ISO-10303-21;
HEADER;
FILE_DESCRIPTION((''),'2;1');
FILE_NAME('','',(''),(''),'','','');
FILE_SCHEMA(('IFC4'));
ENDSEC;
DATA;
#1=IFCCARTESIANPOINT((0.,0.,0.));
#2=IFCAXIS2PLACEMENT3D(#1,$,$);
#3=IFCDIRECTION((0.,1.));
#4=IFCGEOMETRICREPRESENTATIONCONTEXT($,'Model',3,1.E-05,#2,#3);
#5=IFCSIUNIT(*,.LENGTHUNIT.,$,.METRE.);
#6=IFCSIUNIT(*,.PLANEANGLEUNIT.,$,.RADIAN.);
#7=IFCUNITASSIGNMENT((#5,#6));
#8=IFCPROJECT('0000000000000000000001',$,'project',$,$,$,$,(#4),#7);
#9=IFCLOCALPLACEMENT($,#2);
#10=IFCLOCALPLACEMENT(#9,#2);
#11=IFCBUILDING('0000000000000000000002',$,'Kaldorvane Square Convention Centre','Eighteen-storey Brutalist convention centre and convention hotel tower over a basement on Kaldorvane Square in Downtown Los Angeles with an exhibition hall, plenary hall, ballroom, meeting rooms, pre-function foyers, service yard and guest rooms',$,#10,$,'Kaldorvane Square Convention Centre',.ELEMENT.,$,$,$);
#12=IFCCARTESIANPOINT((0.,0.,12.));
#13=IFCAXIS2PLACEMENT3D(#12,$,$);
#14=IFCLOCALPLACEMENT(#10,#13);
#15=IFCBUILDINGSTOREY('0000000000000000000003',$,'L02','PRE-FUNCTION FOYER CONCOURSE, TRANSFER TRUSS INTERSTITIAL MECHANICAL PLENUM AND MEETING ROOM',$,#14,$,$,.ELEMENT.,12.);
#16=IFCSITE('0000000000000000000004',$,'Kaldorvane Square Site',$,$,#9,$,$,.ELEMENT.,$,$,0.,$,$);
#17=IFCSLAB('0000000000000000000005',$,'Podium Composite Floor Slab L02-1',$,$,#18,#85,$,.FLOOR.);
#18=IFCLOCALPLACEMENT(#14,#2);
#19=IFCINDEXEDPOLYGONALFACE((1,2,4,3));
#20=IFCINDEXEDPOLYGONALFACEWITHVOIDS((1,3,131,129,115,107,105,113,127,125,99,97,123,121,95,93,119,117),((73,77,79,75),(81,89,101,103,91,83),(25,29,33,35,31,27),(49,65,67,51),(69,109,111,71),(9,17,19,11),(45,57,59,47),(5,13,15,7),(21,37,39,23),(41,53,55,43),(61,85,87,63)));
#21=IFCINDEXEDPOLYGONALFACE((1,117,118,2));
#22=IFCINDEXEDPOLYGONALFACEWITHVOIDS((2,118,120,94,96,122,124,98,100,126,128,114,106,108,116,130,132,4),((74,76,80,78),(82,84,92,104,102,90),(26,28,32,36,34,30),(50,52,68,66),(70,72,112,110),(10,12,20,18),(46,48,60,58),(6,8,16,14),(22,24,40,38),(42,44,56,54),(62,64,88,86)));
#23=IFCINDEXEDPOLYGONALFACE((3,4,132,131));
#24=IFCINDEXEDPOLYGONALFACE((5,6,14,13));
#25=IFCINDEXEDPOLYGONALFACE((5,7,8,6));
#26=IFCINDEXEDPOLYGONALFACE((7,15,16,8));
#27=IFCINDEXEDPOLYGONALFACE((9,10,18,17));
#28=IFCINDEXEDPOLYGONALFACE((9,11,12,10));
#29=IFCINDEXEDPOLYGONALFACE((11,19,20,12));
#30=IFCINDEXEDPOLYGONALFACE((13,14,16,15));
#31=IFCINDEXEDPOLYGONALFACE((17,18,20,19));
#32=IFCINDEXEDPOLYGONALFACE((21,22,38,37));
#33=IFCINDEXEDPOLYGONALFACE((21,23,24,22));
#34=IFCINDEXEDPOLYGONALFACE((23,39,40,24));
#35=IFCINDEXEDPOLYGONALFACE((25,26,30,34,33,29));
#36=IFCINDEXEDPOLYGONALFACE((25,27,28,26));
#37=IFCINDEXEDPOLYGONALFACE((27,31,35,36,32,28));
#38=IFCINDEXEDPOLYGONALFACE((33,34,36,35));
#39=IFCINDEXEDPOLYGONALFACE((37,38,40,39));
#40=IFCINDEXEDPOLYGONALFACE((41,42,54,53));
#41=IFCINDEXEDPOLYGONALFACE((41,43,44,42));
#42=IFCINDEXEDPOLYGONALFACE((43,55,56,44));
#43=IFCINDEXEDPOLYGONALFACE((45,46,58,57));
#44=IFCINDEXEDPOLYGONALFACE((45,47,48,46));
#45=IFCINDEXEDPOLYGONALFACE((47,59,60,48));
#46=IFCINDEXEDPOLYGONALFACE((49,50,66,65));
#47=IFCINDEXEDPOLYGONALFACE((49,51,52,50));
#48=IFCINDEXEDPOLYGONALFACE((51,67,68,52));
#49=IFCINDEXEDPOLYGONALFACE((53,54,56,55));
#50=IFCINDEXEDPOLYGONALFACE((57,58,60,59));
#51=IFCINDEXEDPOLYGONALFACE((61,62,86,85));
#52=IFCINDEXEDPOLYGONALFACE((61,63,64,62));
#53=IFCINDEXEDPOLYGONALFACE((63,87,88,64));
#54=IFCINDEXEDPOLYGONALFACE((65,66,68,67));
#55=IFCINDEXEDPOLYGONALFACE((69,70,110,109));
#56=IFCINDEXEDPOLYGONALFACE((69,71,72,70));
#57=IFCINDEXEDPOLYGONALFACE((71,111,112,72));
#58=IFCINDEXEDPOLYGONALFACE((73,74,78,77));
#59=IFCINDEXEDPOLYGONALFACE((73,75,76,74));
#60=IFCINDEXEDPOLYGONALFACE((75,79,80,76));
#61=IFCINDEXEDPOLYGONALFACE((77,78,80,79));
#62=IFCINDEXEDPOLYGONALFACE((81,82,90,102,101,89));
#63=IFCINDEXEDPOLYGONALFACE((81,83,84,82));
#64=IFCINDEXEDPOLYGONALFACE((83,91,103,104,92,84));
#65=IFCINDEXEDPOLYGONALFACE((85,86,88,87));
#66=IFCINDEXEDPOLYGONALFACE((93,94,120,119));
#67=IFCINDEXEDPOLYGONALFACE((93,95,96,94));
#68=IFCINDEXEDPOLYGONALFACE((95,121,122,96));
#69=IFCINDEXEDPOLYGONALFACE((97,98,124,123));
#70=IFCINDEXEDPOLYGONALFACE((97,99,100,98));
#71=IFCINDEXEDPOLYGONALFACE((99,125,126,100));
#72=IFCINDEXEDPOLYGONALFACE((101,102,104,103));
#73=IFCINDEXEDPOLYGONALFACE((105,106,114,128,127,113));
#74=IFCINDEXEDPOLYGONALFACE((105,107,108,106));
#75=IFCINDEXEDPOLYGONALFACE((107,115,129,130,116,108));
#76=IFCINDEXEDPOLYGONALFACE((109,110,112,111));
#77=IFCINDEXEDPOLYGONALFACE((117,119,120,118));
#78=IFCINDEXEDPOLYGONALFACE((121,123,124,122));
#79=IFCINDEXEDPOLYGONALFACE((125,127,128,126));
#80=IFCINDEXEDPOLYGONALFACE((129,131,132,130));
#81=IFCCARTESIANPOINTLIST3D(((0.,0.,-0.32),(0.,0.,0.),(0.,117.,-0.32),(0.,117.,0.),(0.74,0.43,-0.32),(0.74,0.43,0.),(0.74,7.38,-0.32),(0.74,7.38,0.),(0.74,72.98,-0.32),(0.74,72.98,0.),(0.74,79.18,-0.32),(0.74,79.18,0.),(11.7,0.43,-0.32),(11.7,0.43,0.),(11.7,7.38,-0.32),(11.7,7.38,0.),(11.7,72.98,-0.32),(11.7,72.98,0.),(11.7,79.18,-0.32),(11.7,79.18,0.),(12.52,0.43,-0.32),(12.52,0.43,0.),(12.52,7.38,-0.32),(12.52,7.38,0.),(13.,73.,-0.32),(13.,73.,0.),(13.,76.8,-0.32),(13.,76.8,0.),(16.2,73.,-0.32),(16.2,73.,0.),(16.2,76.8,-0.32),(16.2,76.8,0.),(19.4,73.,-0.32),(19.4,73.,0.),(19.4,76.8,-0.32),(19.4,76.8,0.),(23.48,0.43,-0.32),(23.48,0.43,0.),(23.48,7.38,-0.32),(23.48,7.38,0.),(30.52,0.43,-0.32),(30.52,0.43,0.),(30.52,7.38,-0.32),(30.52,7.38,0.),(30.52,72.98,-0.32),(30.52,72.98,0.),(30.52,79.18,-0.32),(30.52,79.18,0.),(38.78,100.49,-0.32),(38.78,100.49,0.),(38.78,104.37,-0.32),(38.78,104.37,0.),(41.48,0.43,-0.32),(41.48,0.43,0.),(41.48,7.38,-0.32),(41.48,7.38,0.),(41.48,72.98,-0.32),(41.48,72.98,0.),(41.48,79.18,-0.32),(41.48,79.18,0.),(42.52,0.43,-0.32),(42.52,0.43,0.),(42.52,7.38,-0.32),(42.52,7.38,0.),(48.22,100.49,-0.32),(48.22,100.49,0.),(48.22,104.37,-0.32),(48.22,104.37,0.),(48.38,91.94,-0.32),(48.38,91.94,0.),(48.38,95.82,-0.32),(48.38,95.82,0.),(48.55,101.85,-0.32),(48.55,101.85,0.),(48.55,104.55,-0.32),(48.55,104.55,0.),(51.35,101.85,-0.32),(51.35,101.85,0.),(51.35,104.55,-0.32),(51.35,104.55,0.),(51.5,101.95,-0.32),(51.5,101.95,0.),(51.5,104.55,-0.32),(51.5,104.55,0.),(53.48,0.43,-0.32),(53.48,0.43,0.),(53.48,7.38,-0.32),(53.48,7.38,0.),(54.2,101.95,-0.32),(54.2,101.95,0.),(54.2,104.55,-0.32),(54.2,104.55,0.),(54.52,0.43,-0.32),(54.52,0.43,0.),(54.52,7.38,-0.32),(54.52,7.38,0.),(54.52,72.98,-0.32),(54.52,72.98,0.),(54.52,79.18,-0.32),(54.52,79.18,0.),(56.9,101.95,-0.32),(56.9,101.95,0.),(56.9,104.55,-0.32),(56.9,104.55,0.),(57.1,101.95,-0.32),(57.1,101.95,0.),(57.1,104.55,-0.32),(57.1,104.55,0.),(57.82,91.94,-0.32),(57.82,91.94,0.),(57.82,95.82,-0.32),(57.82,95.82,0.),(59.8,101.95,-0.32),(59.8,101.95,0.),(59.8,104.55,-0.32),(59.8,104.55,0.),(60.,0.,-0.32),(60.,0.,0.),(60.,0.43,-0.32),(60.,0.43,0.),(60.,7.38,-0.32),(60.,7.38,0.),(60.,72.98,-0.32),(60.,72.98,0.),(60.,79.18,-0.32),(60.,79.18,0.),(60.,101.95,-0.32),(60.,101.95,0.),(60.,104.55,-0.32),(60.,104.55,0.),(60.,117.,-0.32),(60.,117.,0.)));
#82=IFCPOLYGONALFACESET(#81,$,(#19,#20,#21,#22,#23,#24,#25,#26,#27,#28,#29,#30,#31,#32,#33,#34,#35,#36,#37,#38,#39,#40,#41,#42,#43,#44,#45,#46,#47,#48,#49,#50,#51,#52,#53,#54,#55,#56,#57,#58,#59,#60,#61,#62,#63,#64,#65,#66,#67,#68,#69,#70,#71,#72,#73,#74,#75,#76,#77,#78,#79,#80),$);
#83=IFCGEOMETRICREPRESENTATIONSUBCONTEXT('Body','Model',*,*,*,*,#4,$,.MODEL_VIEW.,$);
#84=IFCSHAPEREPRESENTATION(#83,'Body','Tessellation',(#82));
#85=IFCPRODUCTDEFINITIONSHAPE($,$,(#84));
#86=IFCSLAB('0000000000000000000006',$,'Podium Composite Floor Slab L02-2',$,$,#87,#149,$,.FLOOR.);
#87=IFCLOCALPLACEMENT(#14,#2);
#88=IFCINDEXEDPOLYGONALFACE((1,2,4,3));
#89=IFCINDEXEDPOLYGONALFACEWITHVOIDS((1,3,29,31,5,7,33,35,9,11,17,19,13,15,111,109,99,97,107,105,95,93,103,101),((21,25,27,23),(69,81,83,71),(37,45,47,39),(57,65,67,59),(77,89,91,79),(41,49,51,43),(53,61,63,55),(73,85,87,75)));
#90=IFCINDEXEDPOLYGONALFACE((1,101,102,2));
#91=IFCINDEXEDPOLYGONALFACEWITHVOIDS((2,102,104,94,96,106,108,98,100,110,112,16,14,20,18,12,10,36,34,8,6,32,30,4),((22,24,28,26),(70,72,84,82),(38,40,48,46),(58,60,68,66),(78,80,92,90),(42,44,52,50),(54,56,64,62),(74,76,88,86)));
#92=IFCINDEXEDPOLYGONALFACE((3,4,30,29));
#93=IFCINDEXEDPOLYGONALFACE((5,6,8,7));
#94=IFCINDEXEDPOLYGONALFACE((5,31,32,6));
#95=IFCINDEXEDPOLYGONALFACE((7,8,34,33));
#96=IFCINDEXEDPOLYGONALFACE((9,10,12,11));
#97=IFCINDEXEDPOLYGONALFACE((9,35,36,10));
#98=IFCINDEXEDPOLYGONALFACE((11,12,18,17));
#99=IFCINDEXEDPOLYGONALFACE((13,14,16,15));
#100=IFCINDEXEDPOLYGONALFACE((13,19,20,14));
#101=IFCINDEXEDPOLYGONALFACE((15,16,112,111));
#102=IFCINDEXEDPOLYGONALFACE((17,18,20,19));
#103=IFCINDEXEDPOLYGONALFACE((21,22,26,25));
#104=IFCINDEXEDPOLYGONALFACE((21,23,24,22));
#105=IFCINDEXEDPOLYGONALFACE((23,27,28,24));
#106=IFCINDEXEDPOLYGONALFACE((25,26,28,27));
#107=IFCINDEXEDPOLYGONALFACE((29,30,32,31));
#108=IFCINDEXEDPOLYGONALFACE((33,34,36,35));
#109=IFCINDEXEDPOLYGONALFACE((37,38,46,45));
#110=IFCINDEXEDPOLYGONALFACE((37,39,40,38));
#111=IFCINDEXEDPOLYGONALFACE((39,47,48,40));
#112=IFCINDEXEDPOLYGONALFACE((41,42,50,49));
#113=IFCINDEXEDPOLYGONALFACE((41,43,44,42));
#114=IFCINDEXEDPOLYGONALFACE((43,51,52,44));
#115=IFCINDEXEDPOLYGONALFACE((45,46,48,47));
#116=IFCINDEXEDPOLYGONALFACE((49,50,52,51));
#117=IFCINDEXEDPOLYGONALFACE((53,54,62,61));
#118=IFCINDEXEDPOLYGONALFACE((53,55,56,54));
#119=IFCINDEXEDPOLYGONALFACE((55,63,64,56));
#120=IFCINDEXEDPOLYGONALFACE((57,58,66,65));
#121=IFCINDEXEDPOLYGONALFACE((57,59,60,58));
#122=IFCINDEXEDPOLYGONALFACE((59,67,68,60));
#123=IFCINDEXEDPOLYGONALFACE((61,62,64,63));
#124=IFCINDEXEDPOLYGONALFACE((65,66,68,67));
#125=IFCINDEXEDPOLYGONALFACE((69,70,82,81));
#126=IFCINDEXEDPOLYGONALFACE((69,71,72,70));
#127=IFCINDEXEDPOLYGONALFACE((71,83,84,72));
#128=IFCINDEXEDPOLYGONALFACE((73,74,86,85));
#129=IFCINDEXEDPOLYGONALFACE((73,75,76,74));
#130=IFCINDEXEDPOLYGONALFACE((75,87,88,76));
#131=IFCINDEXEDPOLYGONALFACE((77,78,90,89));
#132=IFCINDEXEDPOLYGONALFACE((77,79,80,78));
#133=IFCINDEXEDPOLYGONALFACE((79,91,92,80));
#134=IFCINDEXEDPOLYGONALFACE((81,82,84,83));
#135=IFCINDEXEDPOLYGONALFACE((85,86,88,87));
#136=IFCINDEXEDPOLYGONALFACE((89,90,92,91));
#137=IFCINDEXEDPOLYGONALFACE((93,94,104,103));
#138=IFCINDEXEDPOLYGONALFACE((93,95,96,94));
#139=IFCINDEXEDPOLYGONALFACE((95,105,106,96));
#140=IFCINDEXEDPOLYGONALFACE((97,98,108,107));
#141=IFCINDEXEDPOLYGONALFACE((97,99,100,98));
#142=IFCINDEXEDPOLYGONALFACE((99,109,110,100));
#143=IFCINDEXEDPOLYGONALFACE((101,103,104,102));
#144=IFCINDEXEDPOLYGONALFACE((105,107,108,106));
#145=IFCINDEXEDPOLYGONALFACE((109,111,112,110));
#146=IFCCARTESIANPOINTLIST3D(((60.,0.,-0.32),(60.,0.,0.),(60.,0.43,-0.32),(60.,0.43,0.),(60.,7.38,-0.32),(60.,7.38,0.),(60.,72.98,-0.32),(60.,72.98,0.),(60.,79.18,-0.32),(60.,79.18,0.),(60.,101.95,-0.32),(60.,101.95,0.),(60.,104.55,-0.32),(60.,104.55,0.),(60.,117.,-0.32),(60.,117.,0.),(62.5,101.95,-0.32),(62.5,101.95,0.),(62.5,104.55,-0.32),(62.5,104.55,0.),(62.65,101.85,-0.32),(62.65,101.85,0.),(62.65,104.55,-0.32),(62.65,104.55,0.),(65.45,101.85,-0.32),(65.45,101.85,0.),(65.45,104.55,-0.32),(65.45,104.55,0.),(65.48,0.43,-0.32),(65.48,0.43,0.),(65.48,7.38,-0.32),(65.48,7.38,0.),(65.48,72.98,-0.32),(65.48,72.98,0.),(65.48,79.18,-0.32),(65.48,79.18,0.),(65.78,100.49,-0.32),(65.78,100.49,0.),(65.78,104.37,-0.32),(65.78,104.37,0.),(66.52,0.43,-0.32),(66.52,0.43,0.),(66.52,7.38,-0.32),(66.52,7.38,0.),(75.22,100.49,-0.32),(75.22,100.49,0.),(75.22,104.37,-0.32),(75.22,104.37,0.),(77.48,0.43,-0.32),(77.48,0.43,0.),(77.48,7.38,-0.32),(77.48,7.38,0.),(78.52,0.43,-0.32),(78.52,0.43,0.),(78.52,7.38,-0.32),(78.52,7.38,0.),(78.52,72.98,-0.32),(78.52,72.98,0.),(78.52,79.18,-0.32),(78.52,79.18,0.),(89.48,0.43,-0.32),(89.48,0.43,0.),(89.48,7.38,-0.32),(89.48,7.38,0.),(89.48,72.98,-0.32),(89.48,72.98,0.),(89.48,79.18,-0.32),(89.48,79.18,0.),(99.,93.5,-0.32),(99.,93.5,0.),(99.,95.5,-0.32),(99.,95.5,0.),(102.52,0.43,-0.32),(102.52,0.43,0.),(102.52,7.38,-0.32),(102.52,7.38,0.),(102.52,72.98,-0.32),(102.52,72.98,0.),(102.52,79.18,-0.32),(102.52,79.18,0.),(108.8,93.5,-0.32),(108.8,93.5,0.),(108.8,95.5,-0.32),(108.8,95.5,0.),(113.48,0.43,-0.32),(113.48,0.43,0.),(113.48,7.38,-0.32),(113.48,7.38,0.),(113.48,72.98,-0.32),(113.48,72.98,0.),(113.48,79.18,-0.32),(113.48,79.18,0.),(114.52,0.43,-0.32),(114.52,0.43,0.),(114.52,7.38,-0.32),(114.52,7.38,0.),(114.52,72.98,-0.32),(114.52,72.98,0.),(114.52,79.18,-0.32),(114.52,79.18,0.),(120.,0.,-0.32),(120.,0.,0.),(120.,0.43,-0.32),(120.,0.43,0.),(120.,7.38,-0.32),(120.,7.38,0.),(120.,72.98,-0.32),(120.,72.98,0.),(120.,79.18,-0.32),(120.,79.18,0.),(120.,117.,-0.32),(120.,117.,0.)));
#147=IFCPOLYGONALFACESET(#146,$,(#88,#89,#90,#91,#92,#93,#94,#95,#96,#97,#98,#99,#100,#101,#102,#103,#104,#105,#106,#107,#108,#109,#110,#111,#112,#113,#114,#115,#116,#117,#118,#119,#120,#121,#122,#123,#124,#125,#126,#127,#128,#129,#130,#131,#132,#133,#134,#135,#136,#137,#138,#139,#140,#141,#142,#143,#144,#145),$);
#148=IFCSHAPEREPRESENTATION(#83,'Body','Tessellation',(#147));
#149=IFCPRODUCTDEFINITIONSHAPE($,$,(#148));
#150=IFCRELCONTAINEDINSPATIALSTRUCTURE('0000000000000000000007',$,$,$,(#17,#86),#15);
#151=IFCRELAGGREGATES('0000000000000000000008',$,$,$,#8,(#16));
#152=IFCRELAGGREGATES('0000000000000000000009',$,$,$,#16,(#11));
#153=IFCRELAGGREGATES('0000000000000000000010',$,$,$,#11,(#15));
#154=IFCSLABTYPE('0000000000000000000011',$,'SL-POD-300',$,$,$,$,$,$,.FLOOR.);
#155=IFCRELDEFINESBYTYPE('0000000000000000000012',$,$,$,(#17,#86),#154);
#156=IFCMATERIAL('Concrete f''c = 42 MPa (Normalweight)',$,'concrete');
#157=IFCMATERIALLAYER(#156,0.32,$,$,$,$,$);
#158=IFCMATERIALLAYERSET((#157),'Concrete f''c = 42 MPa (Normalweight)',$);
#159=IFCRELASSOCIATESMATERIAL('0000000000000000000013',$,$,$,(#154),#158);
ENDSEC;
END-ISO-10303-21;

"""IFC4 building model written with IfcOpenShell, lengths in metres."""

from ifc_helpers import new_model, si_unit, direction, frame, origin, place, context, subcontext, project, spatial, polyline, outline, extrude, material, layer, layer_set, type_object, element, save


model = new_model("IFC4")

# Units and contexts
model_context = context("Model", 3, precision=1e-05, world=origin(), true_north=direction((0.0, 1.0)))
body_context = subcontext(model_context, "Body", "Model", "MODEL_VIEW")
ifc_project = project(units=[si_unit("LENGTHUNIT", "METRE"), si_unit("PLANEANGLEUNIT", "RADIAN")], contexts=[model_context])

# Site, building, storey
site_placement = place(None, origin())
site = spatial("IfcSite", under=ifc_project, at=site_placement, Name="Kaldorvane Square Site", CompositionType="ELEMENT", RefElevation=0.0)
building_placement = place(site_placement, origin())
building = spatial("IfcBuilding", under=site, at=building_placement, Name="Kaldorvane Square Convention Centre", Description="Eighteen-storey Brutalist convention centre and convention hotel tower over a basement on Kaldorvane Square in Downtown Los Angeles with an exhibition hall, plenary hall, ballroom, meeting rooms, pre-function foyers, service yard and guest rooms", LongName="Kaldorvane Square Convention Centre", CompositionType="ELEMENT")
storey_placement = place(building_placement, frame((0.0, 0.0, 12.0)))
storey = spatial("IfcBuildingStorey", under=building, at=storey_placement, Name="L02", Description="PRE-FUNCTION FOYER CONCOURSE, TRANSFER TRUSS INTERSTITIAL MECHANICAL PLENUM AND MEETING ROOM", CompositionType="ELEMENT", Elevation=12.0)

# Slabs
ifc_material_1 = material(Name="Concrete f'c = 42 MPa (Normalweight)", Category="concrete")
ifc_layer_1 = layer(ifc_material_1, 0.32)
ifc_layer_set_1 = layer_set([ifc_layer_1], Name="Concrete f'c = 42 MPa (Normalweight)")
slab_type_1 = type_object("IfcSlabType", Name="SL-POD-300", PredefinedType="FLOOR", material=ifc_layer_set_1)
slab_1_placement = place(storey_placement, frame((0.0, 0.0, -0.32)))
element("IfcSlab", 1, at=slab_1_placement, inside=storey, type_object=slab_type_1, Name="Podium Composite Floor Slab L02-1", PredefinedType="FLOOR", context=body_context, shape_type="SweptSolid", body=[
    extrude(outline(polyline([(60.0, 117.0), (60.0, 104.55), (59.8, 104.55), (57.1, 104.55), (57.1, 101.95), (59.8, 101.95), (60.0, 101.95), (60.0, 79.18), (54.52, 79.18), (54.52, 72.98), (60.0, 72.98), (60.0, 7.38), (54.52, 7.38), (54.52, 0.43), (60.0, 0.43), (60.0, 0.0), (0.0, 0.0), (0.0, 117.0), (60.0, 117.0)]), holes=[polyline([(11.7, 0.43), (11.7, 7.38), (0.74, 7.38), (0.74, 0.43), (11.7, 0.43)]), polyline([(23.48, 0.43), (23.48, 7.38), (12.52, 7.38), (12.52, 0.43), (23.48, 0.43)]), polyline([(41.48, 0.43), (41.48, 7.38), (30.52, 7.38), (30.52, 0.43), (41.48, 0.43)]), polyline([(53.48, 0.43), (53.48, 7.38), (42.52, 7.38), (42.52, 0.43), (53.48, 0.43)]), polyline([(19.4, 76.8), (16.2, 76.8), (13.0, 76.8), (13.0, 73.0), (16.2, 73.0), (19.4, 73.0), (19.4, 76.8)]), polyline([(41.48, 72.98), (41.48, 79.18), (30.52, 79.18), (30.52, 72.98), (41.48, 72.98)]), polyline([(11.7, 72.98), (11.7, 79.18), (0.74, 79.18), (0.74, 72.98), (11.7, 72.98)]), polyline([(57.82, 91.94), (57.82, 95.82), (48.38, 95.82), (48.38, 91.94), (57.82, 91.94)]), polyline([(48.22, 100.49), (48.22, 104.37), (38.78, 104.37), (38.78, 100.49), (48.22, 100.49)]), polyline([(51.35, 101.85), (51.35, 104.55), (48.55, 104.55), (48.55, 101.85), (51.35, 101.85)]), polyline([(51.5, 101.95), (54.2, 101.95), (56.9, 101.95), (56.9, 104.55), (54.2, 104.55), (51.5, 104.55), (51.5, 101.95)])]), origin(), (0.0, 0.0, 1.0), 0.32),
])
slab_2_placement = place(storey_placement, frame((0.0, 0.0, -0.32)))
element("IfcSlab", 2, at=slab_2_placement, inside=storey, type_object=slab_type_1, Name="Podium Composite Floor Slab L02-2", PredefinedType="FLOOR", context=body_context, shape_type="SweptSolid", body=[
    extrude(outline(polyline([(120.0, 117.0), (120.0, 79.18), (114.52, 79.18), (114.52, 72.98), (120.0, 72.98), (120.0, 7.38), (114.52, 7.38), (114.52, 0.43), (120.0, 0.43), (120.0, 0.0), (60.0, 0.0), (60.0, 0.43), (65.48, 0.43), (65.48, 7.38), (60.0, 7.38), (60.0, 72.98), (65.48, 72.98), (65.48, 79.18), (60.0, 79.18), (60.0, 101.95), (62.5, 101.95), (62.5, 104.55), (60.0, 104.55), (60.0, 117.0), (120.0, 117.0)]), holes=[polyline([(65.45, 101.85), (65.45, 104.55), (62.65, 104.55), (62.65, 101.85), (65.45, 101.85)]), polyline([(113.48, 0.43), (113.48, 7.38), (102.52, 7.38), (102.52, 0.43), (113.48, 0.43)]), polyline([(89.48, 0.43), (89.48, 7.38), (78.52, 7.38), (78.52, 0.43), (89.48, 0.43)]), polyline([(77.48, 0.43), (77.48, 7.38), (66.52, 7.38), (66.52, 0.43), (77.48, 0.43)]), polyline([(113.48, 72.98), (113.48, 79.18), (102.52, 79.18), (102.52, 72.98), (113.48, 72.98)]), polyline([(89.48, 72.98), (89.48, 79.18), (78.52, 79.18), (78.52, 72.98), (89.48, 72.98)]), polyline([(99.0, 93.5), (108.8, 93.5), (108.8, 95.5), (99.0, 95.5), (99.0, 93.5)]), polyline([(65.78, 100.49), (75.22, 100.49), (75.22, 104.37), (65.78, 104.37), (65.78, 100.49)])]), origin(), (0.0, 0.0, 1.0), 0.32),
])

save(model, "model.ifc")
